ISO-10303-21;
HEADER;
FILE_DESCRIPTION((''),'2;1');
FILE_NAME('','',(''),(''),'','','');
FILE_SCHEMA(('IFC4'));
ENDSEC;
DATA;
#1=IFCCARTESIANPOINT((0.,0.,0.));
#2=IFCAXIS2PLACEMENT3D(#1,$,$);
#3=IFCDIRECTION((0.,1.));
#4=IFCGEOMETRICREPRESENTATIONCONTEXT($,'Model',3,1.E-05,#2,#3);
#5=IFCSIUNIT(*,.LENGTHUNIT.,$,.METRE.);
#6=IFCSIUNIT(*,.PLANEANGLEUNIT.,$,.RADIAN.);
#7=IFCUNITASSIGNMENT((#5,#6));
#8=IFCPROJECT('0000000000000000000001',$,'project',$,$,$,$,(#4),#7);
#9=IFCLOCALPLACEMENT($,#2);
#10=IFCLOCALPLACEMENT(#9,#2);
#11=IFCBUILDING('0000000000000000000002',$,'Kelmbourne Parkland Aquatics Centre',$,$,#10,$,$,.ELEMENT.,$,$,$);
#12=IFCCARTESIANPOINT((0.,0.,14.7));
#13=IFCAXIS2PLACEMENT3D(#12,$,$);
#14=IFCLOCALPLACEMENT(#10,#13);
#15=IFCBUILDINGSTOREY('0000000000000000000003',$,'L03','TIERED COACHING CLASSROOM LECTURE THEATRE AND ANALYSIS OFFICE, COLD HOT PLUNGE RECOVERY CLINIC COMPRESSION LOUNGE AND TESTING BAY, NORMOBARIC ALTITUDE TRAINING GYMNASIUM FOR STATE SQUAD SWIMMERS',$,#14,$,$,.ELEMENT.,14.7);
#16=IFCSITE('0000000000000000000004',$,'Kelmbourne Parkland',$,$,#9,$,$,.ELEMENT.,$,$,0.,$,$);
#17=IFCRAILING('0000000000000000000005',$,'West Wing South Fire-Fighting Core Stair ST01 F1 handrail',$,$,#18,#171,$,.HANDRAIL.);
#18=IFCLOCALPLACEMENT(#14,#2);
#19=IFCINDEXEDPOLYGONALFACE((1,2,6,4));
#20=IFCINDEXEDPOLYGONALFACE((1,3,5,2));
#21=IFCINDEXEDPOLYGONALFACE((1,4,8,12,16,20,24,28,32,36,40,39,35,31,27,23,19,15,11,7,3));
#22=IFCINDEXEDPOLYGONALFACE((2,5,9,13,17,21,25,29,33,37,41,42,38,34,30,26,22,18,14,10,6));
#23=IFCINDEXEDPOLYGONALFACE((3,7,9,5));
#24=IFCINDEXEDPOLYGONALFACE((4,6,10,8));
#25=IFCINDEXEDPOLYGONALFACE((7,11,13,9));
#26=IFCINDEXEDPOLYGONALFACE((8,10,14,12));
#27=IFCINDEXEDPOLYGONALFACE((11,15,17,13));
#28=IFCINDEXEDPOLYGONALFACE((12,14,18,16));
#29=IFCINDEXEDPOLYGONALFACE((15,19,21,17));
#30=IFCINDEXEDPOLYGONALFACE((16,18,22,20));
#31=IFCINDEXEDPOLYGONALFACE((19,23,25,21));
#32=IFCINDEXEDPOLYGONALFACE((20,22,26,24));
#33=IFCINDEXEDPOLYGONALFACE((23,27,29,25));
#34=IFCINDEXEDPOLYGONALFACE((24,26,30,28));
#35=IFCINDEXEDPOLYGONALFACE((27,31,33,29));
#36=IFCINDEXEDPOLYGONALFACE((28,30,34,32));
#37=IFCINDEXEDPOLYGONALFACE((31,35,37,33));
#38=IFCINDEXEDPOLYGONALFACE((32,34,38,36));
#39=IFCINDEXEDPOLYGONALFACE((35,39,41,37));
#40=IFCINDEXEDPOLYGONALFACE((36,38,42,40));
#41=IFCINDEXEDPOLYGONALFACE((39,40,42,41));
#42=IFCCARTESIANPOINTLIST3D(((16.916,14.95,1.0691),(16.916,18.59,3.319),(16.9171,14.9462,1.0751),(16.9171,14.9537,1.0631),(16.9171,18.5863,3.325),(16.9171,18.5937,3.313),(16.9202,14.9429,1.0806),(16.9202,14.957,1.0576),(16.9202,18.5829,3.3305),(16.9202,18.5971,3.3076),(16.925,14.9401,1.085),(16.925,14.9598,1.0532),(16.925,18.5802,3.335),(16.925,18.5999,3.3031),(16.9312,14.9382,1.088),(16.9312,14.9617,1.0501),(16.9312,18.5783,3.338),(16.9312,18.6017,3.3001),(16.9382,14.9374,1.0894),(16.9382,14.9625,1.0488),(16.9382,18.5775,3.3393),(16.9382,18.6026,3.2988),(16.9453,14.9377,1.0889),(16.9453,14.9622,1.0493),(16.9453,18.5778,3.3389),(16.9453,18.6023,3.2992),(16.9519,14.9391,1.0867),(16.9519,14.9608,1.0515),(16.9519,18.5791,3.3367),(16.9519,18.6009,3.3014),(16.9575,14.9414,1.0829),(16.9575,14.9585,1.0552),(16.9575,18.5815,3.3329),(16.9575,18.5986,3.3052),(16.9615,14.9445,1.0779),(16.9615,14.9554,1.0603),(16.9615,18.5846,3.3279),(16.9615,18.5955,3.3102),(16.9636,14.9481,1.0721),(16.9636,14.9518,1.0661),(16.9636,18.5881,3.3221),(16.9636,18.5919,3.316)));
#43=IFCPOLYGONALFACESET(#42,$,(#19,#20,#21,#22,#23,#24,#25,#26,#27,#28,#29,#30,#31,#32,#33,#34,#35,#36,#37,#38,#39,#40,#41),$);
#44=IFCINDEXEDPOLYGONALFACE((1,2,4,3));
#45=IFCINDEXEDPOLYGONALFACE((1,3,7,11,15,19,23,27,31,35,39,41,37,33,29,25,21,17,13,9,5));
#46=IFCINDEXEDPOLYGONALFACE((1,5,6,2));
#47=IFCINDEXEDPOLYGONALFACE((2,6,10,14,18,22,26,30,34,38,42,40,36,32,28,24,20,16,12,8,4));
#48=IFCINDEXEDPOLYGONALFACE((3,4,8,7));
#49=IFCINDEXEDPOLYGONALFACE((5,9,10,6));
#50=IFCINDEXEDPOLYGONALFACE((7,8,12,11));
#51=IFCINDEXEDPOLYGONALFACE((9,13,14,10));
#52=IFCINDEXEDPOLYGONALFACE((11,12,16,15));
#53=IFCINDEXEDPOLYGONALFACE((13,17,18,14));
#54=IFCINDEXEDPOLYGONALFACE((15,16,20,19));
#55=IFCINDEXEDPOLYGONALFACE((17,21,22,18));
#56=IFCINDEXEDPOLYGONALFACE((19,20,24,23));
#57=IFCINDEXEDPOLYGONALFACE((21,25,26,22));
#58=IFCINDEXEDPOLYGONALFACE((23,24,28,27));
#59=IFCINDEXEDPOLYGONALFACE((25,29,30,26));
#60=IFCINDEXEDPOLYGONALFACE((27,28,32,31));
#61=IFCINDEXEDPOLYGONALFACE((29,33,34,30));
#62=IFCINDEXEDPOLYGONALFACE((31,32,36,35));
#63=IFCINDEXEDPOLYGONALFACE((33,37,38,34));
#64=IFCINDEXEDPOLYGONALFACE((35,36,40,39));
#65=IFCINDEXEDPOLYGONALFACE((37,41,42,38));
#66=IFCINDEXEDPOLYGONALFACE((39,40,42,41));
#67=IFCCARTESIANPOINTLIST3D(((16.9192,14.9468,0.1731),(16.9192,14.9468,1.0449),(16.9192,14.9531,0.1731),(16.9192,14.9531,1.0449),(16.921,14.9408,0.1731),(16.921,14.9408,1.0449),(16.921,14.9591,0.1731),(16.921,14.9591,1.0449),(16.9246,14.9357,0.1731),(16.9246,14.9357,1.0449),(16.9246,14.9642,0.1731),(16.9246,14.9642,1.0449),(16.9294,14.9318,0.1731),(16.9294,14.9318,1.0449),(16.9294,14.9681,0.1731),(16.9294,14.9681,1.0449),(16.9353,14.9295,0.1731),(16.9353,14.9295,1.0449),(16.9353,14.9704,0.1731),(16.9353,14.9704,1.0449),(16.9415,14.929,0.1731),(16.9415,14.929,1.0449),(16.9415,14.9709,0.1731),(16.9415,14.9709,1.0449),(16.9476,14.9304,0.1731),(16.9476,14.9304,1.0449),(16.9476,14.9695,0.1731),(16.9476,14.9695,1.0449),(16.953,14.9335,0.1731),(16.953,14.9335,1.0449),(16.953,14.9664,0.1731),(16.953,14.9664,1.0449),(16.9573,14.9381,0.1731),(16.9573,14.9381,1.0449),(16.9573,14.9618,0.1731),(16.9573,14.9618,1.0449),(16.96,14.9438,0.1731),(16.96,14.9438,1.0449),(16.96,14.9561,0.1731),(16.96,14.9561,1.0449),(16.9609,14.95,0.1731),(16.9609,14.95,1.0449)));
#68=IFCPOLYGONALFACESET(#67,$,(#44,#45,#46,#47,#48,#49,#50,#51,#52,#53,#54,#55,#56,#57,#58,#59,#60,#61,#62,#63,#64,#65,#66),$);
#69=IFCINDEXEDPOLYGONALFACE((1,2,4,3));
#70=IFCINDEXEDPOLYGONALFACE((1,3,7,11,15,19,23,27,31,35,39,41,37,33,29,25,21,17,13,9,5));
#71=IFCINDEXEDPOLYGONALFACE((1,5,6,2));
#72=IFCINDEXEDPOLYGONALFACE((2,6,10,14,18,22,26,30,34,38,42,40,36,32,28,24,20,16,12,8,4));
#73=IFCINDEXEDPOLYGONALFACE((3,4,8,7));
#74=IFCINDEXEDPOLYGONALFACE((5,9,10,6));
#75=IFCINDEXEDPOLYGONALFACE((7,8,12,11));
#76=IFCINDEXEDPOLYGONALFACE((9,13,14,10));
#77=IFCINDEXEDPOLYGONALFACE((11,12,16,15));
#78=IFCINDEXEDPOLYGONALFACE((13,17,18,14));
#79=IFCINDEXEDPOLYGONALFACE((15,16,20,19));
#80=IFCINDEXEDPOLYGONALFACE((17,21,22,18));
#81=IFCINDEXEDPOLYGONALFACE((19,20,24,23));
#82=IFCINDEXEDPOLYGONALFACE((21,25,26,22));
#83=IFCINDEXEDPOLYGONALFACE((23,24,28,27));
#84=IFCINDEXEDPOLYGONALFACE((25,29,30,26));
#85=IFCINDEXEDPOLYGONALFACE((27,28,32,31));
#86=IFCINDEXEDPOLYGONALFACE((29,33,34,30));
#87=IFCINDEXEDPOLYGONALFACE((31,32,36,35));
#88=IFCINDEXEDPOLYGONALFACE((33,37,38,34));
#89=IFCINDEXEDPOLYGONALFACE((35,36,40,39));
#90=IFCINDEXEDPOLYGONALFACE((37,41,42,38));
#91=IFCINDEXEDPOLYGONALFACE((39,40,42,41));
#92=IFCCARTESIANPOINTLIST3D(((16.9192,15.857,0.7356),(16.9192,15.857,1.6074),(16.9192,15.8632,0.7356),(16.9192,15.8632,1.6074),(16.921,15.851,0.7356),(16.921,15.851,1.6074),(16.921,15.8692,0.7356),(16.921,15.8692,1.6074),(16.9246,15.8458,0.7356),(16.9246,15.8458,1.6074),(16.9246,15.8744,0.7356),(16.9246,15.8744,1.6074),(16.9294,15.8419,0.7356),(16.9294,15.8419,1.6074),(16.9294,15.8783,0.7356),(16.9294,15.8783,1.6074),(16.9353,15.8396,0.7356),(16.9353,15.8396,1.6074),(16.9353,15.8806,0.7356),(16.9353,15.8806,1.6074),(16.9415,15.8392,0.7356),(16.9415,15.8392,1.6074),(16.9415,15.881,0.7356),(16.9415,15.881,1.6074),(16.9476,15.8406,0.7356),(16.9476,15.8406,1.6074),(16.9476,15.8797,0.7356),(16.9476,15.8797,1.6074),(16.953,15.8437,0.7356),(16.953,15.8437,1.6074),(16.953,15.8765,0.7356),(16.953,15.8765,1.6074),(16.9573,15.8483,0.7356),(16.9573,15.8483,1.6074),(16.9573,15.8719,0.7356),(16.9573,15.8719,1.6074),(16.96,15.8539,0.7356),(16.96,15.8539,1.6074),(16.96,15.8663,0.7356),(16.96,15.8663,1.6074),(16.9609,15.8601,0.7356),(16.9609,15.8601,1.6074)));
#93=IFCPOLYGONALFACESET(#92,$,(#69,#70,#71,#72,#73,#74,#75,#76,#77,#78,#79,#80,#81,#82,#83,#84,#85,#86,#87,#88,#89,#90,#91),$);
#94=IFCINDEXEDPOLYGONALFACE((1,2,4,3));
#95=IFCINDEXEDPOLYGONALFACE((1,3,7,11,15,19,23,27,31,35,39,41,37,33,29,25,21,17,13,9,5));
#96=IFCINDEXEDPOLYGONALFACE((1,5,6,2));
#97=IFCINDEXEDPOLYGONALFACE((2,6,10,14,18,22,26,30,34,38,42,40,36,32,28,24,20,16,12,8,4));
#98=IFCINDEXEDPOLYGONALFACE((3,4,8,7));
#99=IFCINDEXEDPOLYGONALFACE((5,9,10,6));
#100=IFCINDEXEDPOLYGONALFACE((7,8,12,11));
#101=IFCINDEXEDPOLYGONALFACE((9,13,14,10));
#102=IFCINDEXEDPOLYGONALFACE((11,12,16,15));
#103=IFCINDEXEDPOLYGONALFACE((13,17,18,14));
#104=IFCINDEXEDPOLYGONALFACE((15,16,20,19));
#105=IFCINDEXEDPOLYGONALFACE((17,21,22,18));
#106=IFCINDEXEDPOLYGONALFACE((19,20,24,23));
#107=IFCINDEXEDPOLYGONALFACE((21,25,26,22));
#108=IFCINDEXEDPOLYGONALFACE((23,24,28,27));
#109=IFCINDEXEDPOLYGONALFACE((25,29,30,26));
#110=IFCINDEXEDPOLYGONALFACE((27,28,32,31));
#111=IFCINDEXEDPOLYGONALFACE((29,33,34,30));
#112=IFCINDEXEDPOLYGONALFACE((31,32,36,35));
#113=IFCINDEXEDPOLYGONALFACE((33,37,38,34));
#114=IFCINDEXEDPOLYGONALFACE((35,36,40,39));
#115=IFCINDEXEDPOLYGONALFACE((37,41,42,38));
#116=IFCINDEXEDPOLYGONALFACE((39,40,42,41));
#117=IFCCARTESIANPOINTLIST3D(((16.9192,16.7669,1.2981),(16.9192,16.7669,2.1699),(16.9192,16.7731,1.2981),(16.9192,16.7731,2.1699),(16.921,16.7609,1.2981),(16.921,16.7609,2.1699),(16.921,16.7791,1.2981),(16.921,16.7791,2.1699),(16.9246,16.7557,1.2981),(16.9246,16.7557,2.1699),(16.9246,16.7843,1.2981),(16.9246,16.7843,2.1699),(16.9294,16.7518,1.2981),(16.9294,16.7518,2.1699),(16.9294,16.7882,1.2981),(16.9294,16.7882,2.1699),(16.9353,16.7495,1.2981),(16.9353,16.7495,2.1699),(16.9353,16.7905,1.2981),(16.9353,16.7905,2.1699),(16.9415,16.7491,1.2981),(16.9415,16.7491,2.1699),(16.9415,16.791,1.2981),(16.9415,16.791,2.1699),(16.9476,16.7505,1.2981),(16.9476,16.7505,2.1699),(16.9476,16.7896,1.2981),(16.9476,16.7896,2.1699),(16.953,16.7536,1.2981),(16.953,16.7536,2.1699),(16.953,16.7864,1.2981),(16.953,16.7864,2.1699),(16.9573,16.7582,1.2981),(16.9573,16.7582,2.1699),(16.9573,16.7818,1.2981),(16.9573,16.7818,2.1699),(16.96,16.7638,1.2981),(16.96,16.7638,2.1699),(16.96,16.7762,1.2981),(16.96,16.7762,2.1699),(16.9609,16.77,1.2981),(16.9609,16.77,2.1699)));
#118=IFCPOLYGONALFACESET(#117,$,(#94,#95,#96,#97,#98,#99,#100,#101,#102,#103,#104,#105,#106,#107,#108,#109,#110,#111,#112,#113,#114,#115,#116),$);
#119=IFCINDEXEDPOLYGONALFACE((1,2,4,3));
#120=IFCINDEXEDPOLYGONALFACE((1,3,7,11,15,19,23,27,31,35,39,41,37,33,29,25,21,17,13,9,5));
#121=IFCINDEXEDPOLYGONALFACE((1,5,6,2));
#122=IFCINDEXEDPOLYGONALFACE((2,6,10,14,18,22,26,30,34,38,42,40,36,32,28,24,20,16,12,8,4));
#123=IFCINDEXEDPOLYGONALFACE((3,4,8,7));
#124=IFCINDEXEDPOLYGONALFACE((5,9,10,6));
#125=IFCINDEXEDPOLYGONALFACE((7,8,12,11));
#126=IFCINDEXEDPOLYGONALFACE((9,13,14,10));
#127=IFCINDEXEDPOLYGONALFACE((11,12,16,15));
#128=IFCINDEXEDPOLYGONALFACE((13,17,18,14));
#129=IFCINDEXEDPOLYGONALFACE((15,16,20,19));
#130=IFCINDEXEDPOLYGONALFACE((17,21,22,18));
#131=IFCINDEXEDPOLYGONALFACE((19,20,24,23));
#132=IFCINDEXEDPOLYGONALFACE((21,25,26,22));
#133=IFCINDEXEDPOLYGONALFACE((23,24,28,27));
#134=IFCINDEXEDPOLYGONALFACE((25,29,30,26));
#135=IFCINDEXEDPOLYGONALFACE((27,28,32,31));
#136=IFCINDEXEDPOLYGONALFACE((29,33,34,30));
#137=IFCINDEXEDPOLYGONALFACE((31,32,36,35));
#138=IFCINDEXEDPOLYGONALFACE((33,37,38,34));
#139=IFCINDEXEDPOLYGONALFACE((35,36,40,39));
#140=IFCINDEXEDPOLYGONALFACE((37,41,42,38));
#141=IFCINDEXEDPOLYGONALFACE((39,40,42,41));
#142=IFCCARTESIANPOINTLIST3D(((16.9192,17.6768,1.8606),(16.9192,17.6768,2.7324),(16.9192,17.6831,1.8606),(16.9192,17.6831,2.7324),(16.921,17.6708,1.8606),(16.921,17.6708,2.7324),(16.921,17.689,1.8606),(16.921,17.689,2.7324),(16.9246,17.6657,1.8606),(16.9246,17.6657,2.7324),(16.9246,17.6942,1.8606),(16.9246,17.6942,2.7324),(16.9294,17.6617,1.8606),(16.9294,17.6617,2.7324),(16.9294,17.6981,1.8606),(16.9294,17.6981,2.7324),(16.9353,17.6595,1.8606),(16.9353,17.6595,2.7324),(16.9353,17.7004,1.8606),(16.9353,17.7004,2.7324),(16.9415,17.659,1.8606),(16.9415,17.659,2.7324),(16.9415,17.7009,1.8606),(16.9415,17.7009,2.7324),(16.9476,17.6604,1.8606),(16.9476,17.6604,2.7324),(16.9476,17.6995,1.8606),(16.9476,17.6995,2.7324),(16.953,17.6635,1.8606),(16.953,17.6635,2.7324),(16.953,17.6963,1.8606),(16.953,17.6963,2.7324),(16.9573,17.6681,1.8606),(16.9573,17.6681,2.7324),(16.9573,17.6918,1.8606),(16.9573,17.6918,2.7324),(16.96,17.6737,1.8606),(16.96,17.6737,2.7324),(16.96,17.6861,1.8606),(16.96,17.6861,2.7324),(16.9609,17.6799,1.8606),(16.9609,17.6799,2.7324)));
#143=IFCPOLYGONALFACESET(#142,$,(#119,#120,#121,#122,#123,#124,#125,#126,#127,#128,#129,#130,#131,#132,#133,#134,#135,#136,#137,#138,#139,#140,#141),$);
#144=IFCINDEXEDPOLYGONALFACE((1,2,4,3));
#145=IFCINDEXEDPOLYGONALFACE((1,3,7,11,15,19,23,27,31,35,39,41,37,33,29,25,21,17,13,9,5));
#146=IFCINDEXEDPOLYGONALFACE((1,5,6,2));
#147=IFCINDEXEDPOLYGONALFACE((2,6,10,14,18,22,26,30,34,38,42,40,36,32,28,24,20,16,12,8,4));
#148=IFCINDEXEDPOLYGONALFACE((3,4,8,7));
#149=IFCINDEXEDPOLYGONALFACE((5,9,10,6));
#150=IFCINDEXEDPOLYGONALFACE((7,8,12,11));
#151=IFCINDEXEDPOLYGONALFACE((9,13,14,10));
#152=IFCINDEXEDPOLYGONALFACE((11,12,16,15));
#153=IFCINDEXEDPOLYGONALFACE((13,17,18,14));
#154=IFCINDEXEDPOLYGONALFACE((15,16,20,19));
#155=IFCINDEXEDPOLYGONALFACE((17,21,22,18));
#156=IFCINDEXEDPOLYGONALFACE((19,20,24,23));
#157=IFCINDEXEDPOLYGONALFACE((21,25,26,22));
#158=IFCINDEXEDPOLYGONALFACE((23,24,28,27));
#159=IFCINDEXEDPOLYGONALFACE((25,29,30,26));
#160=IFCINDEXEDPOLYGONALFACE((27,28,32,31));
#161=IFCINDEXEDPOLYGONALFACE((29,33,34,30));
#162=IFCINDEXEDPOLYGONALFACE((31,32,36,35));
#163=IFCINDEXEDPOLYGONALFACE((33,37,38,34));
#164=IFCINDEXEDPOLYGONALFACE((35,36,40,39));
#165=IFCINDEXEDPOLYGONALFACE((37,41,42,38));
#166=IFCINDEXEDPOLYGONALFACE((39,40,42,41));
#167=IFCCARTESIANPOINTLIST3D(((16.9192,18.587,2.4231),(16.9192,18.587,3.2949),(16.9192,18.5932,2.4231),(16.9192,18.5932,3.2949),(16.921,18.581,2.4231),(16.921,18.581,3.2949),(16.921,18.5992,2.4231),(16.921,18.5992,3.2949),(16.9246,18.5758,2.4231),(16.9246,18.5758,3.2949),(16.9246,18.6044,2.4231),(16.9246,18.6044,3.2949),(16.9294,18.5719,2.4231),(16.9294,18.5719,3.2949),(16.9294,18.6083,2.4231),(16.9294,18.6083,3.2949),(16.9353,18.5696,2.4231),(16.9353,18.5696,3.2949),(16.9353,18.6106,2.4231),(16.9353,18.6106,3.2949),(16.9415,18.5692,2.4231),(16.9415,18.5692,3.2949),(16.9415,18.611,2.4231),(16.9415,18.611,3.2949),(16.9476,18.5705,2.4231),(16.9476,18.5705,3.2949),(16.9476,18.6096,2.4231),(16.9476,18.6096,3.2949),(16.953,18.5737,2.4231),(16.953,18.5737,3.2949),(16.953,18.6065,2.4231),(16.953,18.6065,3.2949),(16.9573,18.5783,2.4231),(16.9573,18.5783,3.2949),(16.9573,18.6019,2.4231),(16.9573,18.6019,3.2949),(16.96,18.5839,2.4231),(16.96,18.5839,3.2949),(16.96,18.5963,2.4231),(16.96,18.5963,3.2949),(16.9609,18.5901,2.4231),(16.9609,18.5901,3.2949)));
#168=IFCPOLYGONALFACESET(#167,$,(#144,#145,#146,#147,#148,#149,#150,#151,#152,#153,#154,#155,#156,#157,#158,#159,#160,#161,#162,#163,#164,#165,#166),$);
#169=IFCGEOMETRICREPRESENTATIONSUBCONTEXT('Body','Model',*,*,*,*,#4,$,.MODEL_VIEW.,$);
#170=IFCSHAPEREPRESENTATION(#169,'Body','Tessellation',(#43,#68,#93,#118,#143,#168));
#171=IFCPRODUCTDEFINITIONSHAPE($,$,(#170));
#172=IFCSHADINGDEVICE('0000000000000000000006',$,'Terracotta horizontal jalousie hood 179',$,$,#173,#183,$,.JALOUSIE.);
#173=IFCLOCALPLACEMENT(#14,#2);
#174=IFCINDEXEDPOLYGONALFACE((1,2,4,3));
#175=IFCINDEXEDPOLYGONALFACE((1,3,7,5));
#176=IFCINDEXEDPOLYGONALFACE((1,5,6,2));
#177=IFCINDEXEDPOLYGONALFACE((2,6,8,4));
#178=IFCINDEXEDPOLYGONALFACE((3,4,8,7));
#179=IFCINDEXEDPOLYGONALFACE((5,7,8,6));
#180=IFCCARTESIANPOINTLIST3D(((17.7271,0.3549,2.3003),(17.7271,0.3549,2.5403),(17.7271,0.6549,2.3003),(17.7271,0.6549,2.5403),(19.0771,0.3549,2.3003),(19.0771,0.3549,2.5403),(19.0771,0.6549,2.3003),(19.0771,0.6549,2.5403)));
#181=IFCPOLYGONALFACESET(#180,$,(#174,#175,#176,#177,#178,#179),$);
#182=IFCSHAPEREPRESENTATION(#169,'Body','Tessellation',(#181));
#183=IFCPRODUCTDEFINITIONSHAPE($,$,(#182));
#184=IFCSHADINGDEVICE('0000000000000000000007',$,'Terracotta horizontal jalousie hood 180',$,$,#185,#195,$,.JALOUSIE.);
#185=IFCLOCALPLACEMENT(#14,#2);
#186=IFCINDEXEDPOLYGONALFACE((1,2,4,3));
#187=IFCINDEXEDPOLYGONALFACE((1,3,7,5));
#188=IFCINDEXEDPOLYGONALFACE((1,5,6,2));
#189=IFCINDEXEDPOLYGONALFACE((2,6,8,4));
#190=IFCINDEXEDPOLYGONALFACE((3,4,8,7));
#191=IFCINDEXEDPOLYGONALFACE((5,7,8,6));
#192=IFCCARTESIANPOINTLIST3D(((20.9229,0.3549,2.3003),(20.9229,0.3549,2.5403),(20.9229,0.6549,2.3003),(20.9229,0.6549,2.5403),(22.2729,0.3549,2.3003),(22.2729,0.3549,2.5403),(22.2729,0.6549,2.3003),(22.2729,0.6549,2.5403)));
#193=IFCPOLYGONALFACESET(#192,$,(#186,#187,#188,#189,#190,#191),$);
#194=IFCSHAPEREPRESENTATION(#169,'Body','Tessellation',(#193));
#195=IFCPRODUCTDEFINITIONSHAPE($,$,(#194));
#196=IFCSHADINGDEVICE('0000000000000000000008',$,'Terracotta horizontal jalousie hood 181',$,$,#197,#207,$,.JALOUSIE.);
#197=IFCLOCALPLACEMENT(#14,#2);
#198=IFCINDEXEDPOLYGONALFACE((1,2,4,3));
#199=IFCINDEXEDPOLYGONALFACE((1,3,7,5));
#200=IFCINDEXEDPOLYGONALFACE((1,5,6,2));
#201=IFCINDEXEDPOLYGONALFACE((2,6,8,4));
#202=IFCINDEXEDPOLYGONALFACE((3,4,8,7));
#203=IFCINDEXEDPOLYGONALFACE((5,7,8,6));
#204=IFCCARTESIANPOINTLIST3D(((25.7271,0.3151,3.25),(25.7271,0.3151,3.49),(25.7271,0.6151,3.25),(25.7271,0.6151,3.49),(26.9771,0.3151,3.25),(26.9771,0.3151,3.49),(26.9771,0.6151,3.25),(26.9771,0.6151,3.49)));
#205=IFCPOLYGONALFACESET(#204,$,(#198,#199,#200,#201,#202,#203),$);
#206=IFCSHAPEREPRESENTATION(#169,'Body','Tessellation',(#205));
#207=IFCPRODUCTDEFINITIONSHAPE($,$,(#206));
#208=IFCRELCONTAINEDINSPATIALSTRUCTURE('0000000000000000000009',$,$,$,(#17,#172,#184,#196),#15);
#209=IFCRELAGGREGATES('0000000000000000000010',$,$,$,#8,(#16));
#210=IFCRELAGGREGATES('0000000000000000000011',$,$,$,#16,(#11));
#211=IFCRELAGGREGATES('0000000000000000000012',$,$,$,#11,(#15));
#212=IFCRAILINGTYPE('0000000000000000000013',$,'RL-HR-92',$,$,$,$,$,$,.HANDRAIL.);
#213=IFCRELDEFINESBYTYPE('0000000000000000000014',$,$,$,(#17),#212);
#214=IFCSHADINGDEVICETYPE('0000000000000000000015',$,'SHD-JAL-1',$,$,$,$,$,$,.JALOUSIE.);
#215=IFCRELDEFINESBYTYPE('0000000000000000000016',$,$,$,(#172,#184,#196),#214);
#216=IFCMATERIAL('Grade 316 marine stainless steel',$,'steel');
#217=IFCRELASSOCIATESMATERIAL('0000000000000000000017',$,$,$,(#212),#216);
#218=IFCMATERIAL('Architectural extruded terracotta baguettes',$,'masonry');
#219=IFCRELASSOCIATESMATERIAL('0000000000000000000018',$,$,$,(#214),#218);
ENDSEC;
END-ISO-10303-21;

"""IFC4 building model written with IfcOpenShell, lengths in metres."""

from ifc_helpers import new_model, si_unit, direction, frame, origin, origin_2d, place, context, subcontext, project, spatial, rectangle, circle, extrude, material, type_object, element, save


model = new_model("IFC4")

# Units and contexts
model_context = context("Model", 3, precision=1e-05, world=origin(), true_north=direction((0.0, 1.0)))
body_context = subcontext(model_context, "Body", "Model", "MODEL_VIEW")
ifc_project = project(units=[si_unit("LENGTHUNIT", "METRE"), si_unit("PLANEANGLEUNIT", "RADIAN")], contexts=[model_context])

# Site, building, storey
site_placement = place(None, origin())
site = spatial("IfcSite", under=ifc_project, at=site_placement, Name="Kelmbourne Parkland", CompositionType="ELEMENT", RefElevation=0.0)
building_placement = place(site_placement, origin())
building = spatial("IfcBuilding", under=site, at=building_placement, Name="Kelmbourne Parkland Aquatics Centre", CompositionType="ELEMENT")
storey_placement = place(building_placement, frame((0.0, 0.0, 14.7)))
storey = spatial("IfcBuildingStorey", under=building, at=storey_placement, Name="L03", Description="TIERED COACHING CLASSROOM LECTURE THEATRE AND ANALYSIS OFFICE, COLD HOT PLUNGE RECOVERY CLINIC COMPRESSION LOUNGE AND TESTING BAY, NORMOBARIC ALTITUDE TRAINING GYMNASIUM FOR STATE SQUAD SWIMMERS", CompositionType="ELEMENT", Elevation=14.7)

# Railing
ifc_material_1 = material(Name="Grade 316 marine stainless steel", Category="steel")
railing_type = type_object("IfcRailingType", Name="RL-HR-92", PredefinedType="HANDRAIL", material=ifc_material_1)
railing_placement = place(storey_placement, frame((16.9399, 14.95, 0.1731)))
element("IfcRailing", 1, at=railing_placement, inside=storey, type_object=railing_type, Name="West Wing South Fire-Fighting Core Stair ST01 F1 handrail", PredefinedType="HANDRAIL", context=body_context, shape_type="SweptSolid", body=[
    extrude(circle(Radius=0.0239, at=origin_2d()), frame((0.0, 0.0, 0.896), z_axis=(0.0, 0.850622, 0.525777), x_axis=(-1.0, 0.0, 0.0)), (0.0, 0.0, 1.0), 4.2793),
    extrude(circle(Radius=0.021, at=origin_2d()), origin(), (0.0, 0.0, 1.0), 0.8718),
    extrude(circle(Radius=0.021, at=origin_2d()), frame((0.0, 0.9102, 0.5625)), (0.0, 0.0, 1.0), 0.8718),
    extrude(circle(Radius=0.021, at=origin_2d()), frame((0.0, 1.8201, 1.125)), (0.0, 0.0, 1.0), 0.8718),
    extrude(circle(Radius=0.021, at=origin_2d()), frame((0.0, 2.73, 1.6875)), (0.0, 0.0, 1.0), 0.8718),
    extrude(circle(Radius=0.021, at=origin_2d()), frame((0.0, 3.6401, 2.25)), (0.0, 0.0, 1.0), 0.8718),
])

# Shading devices
ifc_material_2 = material(Name="Architectural extruded terracotta baguettes", Category="masonry")
shading_device_type = type_object("IfcShadingDeviceType", Name="SHD-JAL-1", PredefinedType="JALOUSIE", material=ifc_material_2)
for number, where, z_axis, x_axis, name in (
    (2, (18.4021, 0.5049, 2.3003), (0.0, 0.0, 1.0), (1.0, 0.0, 0.0), "Terracotta horizontal jalousie hood 179"),
    (3, (21.5979, 0.5049, 2.3003), (0.0, 0.0, 1.0), (1.0, 0.0, 0.0), "Terracotta horizontal jalousie hood 180"),
):
    element("IfcShadingDevice", number, at=place(storey_placement, frame(where, z_axis=z_axis, x_axis=x_axis)), inside=storey, type_object=shading_device_type, Name=name, PredefinedType="JALOUSIE", context=body_context, shape_type="SweptSolid", body=[
        extrude(rectangle(XDim=1.3501, YDim=0.3, at=origin_2d()), origin(), (0.0, 0.0, 1.0), 0.24),
    ])
shading_device_placement = place(storey_placement, frame((26.3521, 0.4651, 3.25), z_axis=(0.0, 0.0, 1.0), x_axis=(1.0, 0.0, 0.0)))
element("IfcShadingDevice", 4, at=shading_device_placement, inside=storey, type_object=shading_device_type, Name="Terracotta horizontal jalousie hood 181", PredefinedType="JALOUSIE", context=body_context, shape_type="SweptSolid", body=[
    extrude(rectangle(XDim=1.25, YDim=0.3, at=origin_2d()), origin(), (0.0, 0.0, 1.0), 0.24),
])

save(model, "model.ifc")
